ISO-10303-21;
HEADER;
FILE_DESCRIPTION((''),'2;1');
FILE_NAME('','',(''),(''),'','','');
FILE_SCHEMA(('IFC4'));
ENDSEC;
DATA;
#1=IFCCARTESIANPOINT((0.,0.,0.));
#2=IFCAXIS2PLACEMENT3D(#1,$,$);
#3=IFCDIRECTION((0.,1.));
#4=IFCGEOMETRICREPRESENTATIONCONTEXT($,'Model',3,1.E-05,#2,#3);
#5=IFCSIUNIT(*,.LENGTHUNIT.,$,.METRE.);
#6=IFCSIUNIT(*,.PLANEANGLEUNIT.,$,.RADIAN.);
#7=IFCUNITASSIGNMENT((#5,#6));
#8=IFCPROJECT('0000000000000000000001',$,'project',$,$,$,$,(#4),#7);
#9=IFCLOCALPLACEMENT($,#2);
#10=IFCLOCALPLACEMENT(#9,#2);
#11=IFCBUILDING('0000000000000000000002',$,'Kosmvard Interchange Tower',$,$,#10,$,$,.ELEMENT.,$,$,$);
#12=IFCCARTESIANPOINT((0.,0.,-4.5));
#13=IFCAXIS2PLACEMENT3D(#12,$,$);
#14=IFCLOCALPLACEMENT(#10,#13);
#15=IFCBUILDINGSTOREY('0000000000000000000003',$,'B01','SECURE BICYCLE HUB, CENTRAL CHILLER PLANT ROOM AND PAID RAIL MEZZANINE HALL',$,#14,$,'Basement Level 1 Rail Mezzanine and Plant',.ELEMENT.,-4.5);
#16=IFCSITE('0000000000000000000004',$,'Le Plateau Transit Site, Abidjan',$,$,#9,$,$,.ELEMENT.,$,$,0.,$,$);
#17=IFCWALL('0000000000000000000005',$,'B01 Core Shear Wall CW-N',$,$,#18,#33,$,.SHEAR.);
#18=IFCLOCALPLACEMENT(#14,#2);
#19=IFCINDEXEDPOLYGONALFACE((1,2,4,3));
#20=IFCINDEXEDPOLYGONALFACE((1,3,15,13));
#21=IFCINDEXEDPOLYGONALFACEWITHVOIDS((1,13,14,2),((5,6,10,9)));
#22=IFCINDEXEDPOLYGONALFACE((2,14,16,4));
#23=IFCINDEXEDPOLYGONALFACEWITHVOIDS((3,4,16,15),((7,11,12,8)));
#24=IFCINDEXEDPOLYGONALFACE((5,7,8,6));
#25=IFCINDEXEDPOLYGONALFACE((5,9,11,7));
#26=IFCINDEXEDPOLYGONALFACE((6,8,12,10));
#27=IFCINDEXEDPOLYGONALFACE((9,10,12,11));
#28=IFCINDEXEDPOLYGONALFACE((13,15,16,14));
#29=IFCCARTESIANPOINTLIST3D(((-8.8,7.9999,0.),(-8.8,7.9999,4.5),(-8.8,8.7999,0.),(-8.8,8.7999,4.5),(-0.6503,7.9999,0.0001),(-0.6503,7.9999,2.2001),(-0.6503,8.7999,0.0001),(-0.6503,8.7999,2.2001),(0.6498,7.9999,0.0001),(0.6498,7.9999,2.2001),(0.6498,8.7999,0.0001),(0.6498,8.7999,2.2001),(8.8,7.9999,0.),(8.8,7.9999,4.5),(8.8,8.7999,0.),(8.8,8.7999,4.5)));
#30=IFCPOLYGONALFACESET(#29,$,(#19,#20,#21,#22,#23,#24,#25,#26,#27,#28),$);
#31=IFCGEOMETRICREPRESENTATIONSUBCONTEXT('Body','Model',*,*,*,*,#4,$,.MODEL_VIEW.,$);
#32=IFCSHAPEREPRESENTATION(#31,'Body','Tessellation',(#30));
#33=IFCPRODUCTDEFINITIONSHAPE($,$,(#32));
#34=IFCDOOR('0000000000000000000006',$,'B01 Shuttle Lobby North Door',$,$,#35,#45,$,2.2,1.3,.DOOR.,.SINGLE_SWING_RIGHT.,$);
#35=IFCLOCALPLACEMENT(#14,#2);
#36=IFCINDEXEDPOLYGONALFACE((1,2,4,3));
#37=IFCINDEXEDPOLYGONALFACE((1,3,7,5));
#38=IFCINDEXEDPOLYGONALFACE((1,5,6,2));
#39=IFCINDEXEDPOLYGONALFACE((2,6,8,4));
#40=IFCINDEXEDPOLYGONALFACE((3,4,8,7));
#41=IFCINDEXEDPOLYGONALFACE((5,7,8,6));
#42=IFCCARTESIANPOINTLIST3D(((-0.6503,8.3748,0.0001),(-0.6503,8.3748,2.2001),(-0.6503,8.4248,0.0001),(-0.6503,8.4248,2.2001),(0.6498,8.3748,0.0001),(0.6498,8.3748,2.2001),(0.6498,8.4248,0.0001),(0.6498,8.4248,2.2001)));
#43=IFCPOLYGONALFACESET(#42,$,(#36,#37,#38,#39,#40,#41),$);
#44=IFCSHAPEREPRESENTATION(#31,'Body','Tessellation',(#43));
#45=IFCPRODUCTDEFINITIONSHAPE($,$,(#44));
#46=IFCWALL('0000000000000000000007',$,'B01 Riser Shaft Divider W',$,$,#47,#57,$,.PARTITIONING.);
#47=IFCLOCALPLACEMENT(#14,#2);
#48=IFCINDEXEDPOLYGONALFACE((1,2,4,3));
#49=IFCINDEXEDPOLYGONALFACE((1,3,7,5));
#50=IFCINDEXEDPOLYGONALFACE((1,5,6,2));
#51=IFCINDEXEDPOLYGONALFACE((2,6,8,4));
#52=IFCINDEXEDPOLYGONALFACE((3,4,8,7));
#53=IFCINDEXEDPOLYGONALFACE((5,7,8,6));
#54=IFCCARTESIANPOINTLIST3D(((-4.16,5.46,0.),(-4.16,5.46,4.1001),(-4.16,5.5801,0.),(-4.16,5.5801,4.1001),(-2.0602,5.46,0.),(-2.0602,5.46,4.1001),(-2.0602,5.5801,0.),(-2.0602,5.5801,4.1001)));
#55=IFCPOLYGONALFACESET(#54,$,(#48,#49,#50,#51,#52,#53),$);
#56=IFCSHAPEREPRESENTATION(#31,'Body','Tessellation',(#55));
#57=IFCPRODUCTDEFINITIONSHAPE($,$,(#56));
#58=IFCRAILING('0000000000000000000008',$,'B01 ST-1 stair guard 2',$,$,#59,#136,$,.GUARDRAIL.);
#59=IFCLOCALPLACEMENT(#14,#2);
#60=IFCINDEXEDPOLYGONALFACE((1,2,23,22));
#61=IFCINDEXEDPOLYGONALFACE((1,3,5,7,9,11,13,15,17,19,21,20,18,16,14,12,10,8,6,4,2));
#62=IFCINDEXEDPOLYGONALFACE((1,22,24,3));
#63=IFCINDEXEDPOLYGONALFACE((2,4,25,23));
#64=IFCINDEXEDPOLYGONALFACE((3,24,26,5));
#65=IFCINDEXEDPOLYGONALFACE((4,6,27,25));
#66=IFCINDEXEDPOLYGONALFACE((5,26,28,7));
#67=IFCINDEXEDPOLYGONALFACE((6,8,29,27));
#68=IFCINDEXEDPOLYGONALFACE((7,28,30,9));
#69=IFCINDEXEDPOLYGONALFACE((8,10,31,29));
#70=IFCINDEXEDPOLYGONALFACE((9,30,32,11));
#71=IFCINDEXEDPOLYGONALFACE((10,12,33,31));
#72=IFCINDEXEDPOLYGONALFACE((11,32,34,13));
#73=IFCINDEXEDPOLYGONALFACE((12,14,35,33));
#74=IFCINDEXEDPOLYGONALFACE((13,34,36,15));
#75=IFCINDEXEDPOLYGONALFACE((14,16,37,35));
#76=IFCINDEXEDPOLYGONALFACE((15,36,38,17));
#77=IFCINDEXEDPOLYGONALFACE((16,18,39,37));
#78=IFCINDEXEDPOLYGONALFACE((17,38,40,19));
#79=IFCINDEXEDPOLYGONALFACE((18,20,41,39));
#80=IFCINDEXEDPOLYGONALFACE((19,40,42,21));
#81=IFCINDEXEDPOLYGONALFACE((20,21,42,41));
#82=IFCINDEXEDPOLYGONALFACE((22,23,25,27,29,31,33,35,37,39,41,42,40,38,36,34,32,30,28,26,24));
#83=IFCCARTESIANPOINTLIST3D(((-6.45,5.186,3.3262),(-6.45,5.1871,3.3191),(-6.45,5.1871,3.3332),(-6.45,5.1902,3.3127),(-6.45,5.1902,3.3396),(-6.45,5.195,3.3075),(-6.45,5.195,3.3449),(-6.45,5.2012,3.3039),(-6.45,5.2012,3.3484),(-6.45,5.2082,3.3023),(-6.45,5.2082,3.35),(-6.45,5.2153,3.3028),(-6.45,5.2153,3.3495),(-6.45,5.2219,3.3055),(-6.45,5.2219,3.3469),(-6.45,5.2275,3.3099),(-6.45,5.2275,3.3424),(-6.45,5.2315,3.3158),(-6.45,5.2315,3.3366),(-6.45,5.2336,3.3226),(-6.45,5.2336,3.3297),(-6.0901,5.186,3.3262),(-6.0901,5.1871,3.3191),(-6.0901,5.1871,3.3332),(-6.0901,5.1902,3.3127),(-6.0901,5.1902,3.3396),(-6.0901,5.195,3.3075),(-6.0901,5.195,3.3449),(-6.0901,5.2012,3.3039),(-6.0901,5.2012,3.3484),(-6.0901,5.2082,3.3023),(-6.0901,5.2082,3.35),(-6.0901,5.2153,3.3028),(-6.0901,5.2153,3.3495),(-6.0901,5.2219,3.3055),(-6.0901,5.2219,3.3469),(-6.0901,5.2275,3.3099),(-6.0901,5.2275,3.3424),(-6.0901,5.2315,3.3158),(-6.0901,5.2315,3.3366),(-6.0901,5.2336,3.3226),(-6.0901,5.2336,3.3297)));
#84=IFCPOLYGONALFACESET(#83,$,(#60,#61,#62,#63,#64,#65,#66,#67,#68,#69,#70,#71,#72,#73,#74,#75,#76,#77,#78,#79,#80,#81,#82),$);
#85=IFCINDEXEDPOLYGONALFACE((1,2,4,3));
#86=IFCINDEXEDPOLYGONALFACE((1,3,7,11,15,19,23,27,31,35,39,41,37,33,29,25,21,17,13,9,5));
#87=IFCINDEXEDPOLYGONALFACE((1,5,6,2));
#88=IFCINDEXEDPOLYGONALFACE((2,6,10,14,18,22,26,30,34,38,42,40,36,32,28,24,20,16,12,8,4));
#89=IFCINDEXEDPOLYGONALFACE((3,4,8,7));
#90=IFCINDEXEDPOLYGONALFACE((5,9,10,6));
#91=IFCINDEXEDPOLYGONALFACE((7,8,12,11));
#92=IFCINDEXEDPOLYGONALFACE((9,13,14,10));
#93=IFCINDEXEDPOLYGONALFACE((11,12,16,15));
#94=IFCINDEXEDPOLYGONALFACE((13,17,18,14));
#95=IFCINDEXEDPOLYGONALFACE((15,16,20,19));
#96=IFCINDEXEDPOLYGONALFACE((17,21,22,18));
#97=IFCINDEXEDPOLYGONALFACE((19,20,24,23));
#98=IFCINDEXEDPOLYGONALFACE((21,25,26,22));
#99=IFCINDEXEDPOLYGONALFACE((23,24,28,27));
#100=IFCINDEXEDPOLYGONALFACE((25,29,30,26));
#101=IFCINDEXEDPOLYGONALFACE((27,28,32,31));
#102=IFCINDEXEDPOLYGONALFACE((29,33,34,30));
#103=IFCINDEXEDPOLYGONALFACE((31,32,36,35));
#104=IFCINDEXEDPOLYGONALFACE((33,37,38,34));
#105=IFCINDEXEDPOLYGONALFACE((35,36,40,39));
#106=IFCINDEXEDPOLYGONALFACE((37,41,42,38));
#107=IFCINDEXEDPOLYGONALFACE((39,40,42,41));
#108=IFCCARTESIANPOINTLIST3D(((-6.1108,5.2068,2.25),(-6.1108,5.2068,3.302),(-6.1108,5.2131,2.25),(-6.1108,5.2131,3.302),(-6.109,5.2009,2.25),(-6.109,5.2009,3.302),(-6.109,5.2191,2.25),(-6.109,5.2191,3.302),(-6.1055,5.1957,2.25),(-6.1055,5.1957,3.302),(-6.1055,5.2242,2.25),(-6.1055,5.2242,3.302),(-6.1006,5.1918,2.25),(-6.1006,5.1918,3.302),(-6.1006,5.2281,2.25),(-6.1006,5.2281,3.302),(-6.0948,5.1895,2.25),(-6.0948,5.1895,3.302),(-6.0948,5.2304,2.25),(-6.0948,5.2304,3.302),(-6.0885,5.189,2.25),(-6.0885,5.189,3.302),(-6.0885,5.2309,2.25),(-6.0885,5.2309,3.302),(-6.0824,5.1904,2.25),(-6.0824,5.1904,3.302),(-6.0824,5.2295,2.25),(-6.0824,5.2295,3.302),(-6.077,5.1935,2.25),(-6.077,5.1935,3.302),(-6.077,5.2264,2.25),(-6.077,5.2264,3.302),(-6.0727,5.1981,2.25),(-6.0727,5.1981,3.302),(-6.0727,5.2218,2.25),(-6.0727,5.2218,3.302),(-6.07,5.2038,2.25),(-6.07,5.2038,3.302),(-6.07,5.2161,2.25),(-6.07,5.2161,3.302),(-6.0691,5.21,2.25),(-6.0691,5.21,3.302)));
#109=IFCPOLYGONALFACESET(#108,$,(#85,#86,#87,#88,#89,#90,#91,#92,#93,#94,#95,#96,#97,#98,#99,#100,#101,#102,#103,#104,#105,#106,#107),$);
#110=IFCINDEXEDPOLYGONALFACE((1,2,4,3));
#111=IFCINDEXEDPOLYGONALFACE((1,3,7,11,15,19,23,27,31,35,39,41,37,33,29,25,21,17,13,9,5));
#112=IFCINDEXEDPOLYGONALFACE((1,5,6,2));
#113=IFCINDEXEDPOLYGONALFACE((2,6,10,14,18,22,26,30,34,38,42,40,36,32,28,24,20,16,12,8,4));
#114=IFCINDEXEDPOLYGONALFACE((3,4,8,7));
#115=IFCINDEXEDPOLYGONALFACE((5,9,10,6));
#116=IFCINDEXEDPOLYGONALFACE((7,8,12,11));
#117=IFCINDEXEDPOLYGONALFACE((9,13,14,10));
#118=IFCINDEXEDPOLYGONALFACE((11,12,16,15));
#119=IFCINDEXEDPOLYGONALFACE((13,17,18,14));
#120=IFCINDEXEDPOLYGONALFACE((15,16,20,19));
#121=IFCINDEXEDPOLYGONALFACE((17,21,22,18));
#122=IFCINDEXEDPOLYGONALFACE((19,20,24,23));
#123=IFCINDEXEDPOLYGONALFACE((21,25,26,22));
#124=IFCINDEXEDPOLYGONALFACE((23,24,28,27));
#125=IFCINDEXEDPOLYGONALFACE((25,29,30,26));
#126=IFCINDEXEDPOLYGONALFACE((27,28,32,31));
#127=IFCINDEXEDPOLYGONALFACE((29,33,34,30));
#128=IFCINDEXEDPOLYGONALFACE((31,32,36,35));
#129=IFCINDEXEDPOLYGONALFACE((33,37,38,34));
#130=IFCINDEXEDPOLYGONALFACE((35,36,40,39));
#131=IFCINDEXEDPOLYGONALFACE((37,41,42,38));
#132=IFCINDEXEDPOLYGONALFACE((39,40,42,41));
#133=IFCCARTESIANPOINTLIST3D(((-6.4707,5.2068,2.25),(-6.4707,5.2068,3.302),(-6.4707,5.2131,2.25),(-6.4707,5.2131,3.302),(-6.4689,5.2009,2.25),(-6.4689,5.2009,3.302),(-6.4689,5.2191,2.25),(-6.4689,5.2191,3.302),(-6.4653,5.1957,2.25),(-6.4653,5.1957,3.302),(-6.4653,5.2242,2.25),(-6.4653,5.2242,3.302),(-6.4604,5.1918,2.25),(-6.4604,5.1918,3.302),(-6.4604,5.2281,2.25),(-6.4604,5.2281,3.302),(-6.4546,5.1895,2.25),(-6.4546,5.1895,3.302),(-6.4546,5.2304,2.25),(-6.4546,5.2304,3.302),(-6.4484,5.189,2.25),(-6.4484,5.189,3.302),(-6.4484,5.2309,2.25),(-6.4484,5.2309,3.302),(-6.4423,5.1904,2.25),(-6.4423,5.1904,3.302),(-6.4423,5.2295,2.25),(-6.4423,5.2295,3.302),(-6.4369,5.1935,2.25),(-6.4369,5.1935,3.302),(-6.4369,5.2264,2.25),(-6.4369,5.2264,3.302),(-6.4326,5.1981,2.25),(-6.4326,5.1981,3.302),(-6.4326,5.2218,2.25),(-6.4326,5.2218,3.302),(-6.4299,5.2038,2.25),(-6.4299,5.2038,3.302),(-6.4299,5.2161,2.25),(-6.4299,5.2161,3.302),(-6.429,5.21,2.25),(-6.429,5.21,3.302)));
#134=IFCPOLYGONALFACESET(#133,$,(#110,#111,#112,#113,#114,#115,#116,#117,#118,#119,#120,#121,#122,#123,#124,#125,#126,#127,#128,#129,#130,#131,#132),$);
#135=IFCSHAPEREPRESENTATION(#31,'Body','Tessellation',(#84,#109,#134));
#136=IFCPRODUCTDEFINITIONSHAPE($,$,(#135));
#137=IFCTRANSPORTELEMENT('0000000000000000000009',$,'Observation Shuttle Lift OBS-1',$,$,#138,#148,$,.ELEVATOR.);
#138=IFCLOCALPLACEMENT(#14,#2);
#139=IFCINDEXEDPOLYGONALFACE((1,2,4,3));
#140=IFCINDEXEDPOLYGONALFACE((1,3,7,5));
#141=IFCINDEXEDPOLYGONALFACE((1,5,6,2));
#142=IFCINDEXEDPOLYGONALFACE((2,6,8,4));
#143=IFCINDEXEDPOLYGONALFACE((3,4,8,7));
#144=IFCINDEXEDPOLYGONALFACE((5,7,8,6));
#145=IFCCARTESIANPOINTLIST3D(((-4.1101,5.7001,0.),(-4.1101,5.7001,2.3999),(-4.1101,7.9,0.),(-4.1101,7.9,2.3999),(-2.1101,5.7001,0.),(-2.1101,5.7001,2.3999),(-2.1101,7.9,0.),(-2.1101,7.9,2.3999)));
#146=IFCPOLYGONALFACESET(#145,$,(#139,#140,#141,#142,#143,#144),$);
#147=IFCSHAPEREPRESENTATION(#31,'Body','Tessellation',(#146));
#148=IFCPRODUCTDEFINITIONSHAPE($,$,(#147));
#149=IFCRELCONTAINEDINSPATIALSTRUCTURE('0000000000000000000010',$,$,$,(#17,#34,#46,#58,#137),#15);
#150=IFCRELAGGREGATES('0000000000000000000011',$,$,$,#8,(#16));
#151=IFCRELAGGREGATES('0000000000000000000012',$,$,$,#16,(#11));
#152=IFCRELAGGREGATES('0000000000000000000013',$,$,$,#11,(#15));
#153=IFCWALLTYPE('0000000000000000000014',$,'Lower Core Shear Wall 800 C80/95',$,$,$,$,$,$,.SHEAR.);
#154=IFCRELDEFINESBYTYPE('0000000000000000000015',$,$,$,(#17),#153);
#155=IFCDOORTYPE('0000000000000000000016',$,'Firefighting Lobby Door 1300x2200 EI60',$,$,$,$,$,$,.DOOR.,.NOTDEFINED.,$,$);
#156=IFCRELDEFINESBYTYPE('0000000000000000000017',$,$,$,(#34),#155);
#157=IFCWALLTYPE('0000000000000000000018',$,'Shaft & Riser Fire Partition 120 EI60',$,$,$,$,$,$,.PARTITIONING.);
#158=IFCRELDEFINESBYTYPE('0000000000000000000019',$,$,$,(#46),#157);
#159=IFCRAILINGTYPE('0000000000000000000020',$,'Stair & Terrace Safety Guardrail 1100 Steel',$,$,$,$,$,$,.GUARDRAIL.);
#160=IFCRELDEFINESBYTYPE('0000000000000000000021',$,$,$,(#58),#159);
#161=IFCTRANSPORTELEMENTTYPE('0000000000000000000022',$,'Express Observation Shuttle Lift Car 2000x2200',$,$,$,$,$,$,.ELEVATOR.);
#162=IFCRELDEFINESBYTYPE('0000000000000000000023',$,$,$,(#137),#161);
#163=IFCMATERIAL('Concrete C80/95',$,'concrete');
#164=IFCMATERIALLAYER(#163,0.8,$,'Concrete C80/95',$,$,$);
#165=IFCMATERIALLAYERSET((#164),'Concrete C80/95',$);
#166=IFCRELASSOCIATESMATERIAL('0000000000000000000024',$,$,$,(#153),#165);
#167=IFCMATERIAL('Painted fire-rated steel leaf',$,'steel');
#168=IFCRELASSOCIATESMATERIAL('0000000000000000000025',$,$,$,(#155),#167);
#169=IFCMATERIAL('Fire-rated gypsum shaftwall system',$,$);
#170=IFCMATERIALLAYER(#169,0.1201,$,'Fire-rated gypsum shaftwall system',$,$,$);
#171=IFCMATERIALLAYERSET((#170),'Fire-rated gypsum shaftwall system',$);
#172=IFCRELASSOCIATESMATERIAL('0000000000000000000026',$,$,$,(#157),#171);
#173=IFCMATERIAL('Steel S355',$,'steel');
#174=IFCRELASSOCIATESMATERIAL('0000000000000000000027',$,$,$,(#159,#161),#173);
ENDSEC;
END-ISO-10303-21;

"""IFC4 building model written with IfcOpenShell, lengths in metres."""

from ifc_helpers import new_model, si_unit, direction, frame, frame_2d, origin, origin_2d, place, context, subcontext, project, spatial, rectangle, circle, extrude, source, transform, mapped, material, layer, layer_set, type_object, element, fill, save


model = new_model("IFC4")

# Units and contexts
model_context = context("Model", 3, precision=1e-05, world=origin(), true_north=direction((0.0, 1.0)))
body_context = subcontext(model_context, "Body", "Model", "MODEL_VIEW")
ifc_project = project(units=[si_unit("LENGTHUNIT", "METRE"), si_unit("PLANEANGLEUNIT", "RADIAN")], contexts=[model_context])

# Site, building, storey
site_placement = place(None, origin())
site = spatial("IfcSite", under=ifc_project, at=site_placement, Name="Le Plateau Transit Site, Abidjan", CompositionType="ELEMENT", RefElevation=0.0)
building_placement = place(site_placement, origin())
building = spatial("IfcBuilding", under=site, at=building_placement, Name="Kosmvard Interchange Tower", CompositionType="ELEMENT")
storey_placement = place(building_placement, frame((0.0, 0.0, -4.5)))
storey = spatial("IfcBuildingStorey", under=building, at=storey_placement, Name="B01", Description="SECURE BICYCLE HUB, CENTRAL CHILLER PLANT ROOM AND PAID RAIL MEZZANINE HALL", LongName="Basement Level 1 Rail Mezzanine and Plant", CompositionType="ELEMENT", Elevation=-4.5)

# Shared definitions
ifc_material_1 = material(Name="Concrete C80/95", Category="concrete")

# Shared definitions
ifc_material_2 = material(Name="Steel S355", Category="steel")

# Wall, opening, door
ifc_material_3 = material(Name="Painted fire-rated steel leaf", Category="steel")
ifc_layer_1 = layer(ifc_material_1, 0.8, Name="Concrete C80/95")
ifc_layer_set_1 = layer_set([ifc_layer_1], Name="Concrete C80/95")
wall_type_1 = type_object("IfcWallType", Name="Lower Core Shear Wall 800 C80/95", PredefinedType="SHEAR", material=ifc_layer_set_1)
wall_1_placement = place(storey_placement, frame((-8.8, 8.3999, 0.0), z_axis=(0.0, 0.0, 1.0), x_axis=(1.0, 0.0, 0.0)))
wall_1 = element("IfcWall", 1, at=wall_1_placement, inside=storey, type_object=wall_type_1, Name="B01 Core Shear Wall CW-N", PredefinedType="SHEAR", context=body_context, shape_type="SweptSolid", body=[
    extrude(rectangle(XDim=17.6001, YDim=0.8, at=frame_2d((8.8, 0.0))), origin(), (0.0, 0.0, 1.0), 4.5),
])
opening_1_placement = place(wall_1_placement, frame((8.1499, 0.0, 0.0)))
opening_1 = element("IfcOpeningElement", 2, at=opening_1_placement, cuts=wall_1, PredefinedType="OPENING", context=body_context, shape_type="SweptSolid", body=[
    extrude(rectangle(XDim=1.3, YDim=2.2, at=frame_2d((0.6499, 1.1001))), frame((0.0, 0.4102, 0.0), z_axis=(0.0, -1.0, 0.0), x_axis=(1.0, 0.0, 0.0)), (0.0, 0.0, 1.0), 0.8201),
])
door_type_1 = type_object("IfcDoorType", Name="Firefighting Lobby Door 1300x2200 EI60", OperationType="NOTDEFINED", PredefinedType="DOOR", material=ifc_material_3)
shared_shape_1 = source(origin(), body_context, "Body", "SweptSolid", [
    extrude(rectangle(XDim=1.3, YDim=2.2, at=frame_2d((0.6499, 1.1001))), frame((0.0, 0.0249, 0.0), z_axis=(0.0, -1.0, 0.0), x_axis=(1.0, 0.0, 0.0)), (0.0, 0.0, 1.0), 0.05),
])
door_1_placement = place(opening_1_placement, origin())
door_1 = element("IfcDoor", 3, at=door_1_placement, inside=storey, type_object=door_type_1, Name="B01 Shuttle Lobby North Door", OperationType="SINGLE_SWING_RIGHT", OverallHeight=2.2, OverallWidth=1.3, PredefinedType="DOOR", context=body_context, shape_type="MappedRepresentation", body=[
    mapped(shared_shape_1, transform((0.0, 0.0, 0.0), scale=1.0)),
])
fill(opening_1, door_1)

# Wall
ifc_material_4 = material(Name="Fire-rated gypsum shaftwall system")
ifc_layer_2 = layer(ifc_material_4, 0.1201, Name="Fire-rated gypsum shaftwall system")
ifc_layer_set_2 = layer_set([ifc_layer_2], Name="Fire-rated gypsum shaftwall system")
wall_type_2 = type_object("IfcWallType", Name="Shaft & Riser Fire Partition 120 EI60", PredefinedType="PARTITIONING", material=ifc_layer_set_2)
wall_2_placement = place(storey_placement, frame((-4.1599, 5.52, 0.0), z_axis=(0.0, 0.0, 1.0), x_axis=(1.0, 0.0, 0.0)))
element("IfcWall", 4, at=wall_2_placement, inside=storey, type_object=wall_type_2, Name="B01 Riser Shaft Divider W", PredefinedType="PARTITIONING", context=body_context, shape_type="SweptSolid", body=[
    extrude(rectangle(XDim=2.0999, YDim=0.1201, at=frame_2d((1.0498, 0.0))), origin(), (0.0, 0.0, 1.0), 4.1001),
])

# Railing
railing_type = type_object("IfcRailingType", Name="Stair & Terrace Safety Guardrail 1100 Steel", PredefinedType="GUARDRAIL", material=ifc_material_2)
shared_shape_2 = source(origin(), body_context, "Body", "SweptSolid", [
    extrude(circle(Radius=0.0239, at=origin_2d()), frame((0.0, 0.0, 1.0762), z_axis=(-1.0, 0.0, 0.0), x_axis=(0.0, -1.0, 0.0)), (0.0, 0.0, 1.0), 0.3599),
    extrude(circle(Radius=0.021, at=origin_2d()), origin(), (0.0, 0.0, 1.0), 1.052),
    extrude(circle(Radius=0.021, at=origin_2d()), frame((-0.3599, 0.0, 0.0)), (0.0, 0.0, 1.0), 1.052),
])
railing_placement = place(storey_placement, frame((-6.0901, 5.21, 2.25)))
element("IfcRailing", 5, at=railing_placement, inside=storey, type_object=railing_type, Name="B01 ST-1 stair guard 2", PredefinedType="GUARDRAIL", context=body_context, shape_type="MappedRepresentation", body=[
    mapped(shared_shape_2, transform((0.0, 0.0, 0.0), scale=1.0)),
])

# Transport element
transport_element_type = type_object("IfcTransportElementType", Name="Express Observation Shuttle Lift Car 2000x2200", PredefinedType="ELEVATOR", material=ifc_material_2)
shared_shape_3 = source(origin(), body_context, "Body", "SweptSolid", [
    extrude(rectangle(XDim=2.0, YDim=2.2, at=origin_2d()), origin(), (0.0, 0.0, 1.0), 2.3999),
])
transport_element_placement = place(storey_placement, frame((-3.1101, 6.8, 0.0), z_axis=(0.0, 0.0, 1.0), x_axis=(1.0, 0.0, 0.0)))
element("IfcTransportElement", 6, at=transport_element_placement, inside=storey, type_object=transport_element_type, Name="Observation Shuttle Lift OBS-1", PredefinedType="ELEVATOR", context=body_context, shape_type="MappedRepresentation", body=[
    mapped(shared_shape_3, transform((0.0, 0.0, 0.0), scale=1.0)),
])

save(model, "model.ifc")
